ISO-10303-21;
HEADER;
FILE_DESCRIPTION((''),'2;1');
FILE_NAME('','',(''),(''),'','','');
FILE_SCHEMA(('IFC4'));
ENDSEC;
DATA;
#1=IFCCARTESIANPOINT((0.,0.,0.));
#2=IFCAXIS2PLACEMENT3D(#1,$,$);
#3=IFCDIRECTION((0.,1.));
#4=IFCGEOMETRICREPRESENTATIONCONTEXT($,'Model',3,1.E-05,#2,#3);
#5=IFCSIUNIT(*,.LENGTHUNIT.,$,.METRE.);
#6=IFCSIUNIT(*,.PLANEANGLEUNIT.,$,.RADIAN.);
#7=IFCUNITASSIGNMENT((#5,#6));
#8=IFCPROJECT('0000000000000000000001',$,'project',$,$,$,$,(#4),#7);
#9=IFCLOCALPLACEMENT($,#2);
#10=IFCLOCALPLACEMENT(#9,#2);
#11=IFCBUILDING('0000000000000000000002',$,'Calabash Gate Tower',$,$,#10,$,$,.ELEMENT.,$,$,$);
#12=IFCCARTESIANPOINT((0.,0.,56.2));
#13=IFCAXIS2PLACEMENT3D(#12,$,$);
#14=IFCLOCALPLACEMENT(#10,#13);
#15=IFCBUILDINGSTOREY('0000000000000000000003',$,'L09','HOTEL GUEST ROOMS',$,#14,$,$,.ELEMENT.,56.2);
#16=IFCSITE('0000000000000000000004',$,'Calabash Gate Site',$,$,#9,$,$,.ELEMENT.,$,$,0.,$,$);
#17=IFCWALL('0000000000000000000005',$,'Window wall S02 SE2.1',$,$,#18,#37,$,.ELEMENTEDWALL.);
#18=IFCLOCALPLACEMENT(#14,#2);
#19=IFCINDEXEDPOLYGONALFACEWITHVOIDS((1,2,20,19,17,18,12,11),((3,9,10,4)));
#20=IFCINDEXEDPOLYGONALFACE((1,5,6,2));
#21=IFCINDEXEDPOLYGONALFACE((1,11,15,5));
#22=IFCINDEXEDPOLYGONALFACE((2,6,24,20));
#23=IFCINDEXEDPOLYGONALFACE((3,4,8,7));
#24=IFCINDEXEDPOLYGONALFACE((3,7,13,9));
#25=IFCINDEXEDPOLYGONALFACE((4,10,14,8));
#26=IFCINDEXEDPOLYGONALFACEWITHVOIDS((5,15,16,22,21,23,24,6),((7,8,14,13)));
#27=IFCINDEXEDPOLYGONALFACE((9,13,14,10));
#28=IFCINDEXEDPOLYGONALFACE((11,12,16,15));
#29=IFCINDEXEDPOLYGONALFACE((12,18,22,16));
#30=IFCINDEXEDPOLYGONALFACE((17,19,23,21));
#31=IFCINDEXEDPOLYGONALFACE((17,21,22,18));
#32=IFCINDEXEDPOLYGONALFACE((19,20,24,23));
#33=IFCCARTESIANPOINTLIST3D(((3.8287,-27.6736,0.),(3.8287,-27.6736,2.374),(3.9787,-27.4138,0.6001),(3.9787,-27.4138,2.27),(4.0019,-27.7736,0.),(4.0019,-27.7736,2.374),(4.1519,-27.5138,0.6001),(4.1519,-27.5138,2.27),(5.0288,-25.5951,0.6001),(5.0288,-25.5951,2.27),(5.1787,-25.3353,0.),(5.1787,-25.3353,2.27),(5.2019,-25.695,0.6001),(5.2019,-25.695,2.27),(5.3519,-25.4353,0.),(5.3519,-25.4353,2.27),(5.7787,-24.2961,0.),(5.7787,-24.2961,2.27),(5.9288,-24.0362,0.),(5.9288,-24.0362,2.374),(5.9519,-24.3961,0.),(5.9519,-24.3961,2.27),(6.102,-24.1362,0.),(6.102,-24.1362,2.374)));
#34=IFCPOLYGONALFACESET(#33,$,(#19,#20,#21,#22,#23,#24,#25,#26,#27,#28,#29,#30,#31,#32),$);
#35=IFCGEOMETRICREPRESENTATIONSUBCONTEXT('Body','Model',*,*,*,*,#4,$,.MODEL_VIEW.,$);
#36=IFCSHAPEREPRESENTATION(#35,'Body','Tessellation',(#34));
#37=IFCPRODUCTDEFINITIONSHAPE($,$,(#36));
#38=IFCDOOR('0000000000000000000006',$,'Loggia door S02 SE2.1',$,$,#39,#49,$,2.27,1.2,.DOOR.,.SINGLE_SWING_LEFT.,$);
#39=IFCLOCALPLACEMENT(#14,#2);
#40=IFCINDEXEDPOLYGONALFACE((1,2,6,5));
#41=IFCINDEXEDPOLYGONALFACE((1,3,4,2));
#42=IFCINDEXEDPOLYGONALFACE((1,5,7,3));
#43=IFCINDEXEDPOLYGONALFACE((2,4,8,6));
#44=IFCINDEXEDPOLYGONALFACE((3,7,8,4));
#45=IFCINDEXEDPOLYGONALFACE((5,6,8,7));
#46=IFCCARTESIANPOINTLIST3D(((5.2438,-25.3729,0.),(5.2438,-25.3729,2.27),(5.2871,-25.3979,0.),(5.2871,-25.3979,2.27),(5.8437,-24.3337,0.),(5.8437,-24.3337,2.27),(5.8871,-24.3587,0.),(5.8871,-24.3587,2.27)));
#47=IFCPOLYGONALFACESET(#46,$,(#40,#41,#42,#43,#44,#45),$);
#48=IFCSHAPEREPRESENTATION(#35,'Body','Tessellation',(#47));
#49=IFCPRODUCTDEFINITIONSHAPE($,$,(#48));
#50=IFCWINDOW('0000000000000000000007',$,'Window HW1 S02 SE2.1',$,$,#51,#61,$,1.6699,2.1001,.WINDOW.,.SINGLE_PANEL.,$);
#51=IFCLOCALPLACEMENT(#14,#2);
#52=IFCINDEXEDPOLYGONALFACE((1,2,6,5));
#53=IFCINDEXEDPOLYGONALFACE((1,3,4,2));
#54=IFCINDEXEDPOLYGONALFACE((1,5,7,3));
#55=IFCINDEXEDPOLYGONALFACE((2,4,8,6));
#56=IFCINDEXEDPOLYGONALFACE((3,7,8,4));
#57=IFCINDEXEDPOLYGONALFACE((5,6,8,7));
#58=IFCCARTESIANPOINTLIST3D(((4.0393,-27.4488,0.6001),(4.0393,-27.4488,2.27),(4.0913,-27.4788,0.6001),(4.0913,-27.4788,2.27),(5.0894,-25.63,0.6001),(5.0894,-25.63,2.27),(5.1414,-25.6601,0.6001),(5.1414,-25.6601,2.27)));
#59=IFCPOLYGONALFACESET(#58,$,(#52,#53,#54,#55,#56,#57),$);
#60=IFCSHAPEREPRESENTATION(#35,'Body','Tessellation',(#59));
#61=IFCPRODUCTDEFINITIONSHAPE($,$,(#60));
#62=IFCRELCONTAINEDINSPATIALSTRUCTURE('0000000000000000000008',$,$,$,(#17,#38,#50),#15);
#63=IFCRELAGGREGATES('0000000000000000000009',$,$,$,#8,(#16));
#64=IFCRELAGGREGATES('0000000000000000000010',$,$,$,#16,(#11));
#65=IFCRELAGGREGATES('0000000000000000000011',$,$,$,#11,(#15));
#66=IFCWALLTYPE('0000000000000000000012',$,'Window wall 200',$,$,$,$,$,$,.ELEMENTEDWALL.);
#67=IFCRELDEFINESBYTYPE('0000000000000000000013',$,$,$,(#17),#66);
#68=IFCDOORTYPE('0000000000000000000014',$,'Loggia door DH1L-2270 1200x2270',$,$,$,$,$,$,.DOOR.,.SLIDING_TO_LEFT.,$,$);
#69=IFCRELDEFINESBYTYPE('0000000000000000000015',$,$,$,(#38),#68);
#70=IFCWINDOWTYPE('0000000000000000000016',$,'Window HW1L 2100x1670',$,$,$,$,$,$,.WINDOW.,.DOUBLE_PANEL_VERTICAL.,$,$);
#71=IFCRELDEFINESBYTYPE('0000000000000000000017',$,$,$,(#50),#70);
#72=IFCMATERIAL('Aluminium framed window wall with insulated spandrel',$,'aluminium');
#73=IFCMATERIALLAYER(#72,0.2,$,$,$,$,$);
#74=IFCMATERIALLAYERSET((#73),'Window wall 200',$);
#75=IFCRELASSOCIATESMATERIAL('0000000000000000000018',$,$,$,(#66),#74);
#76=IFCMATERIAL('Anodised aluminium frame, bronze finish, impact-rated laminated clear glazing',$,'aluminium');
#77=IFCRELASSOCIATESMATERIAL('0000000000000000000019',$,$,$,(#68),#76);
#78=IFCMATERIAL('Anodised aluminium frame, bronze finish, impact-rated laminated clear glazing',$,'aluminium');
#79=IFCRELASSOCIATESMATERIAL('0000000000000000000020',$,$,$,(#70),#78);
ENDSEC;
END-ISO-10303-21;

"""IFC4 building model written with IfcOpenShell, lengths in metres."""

from ifc_helpers import new_model, si_unit, direction, frame, frame_2d, origin, place, context, subcontext, project, spatial, rectangle, extrude, material, layer, layer_set, type_object, element, fill, save


model = new_model("IFC4")

# Units and contexts
model_context = context("Model", 3, precision=1e-05, world=origin(), true_north=direction((0.0, 1.0)))
body_context = subcontext(model_context, "Body", "Model", "MODEL_VIEW")
ifc_project = project(units=[si_unit("LENGTHUNIT", "METRE"), si_unit("PLANEANGLEUNIT", "RADIAN")], contexts=[model_context])

# Site, building, storey
site_placement = place(None, origin())
site = spatial("IfcSite", under=ifc_project, at=site_placement, Name="Calabash Gate Site", CompositionType="ELEMENT", RefElevation=0.0)
building_placement = place(site_placement, origin())
building = spatial("IfcBuilding", under=site, at=building_placement, Name="Calabash Gate Tower", CompositionType="ELEMENT")
storey_placement = place(building_placement, frame((0.0, 0.0, 56.2)))
storey = spatial("IfcBuildingStorey", under=building, at=storey_placement, Name="L09", Description="HOTEL GUEST ROOMS", CompositionType="ELEMENT", Elevation=56.2)

# Wall, openings, door, window
ifc_material_1 = material(Name="Aluminium framed window wall with insulated spandrel", Category="aluminium")
ifc_layer_1 = layer(ifc_material_1, 0.2)
ifc_layer_set_1 = layer_set([ifc_layer_1], Name="Window wall 200")
wall_type_1 = type_object("IfcWallType", Name="Window wall 200", PredefinedType="ELEMENTEDWALL", material=ifc_layer_set_1)
wall_1_placement = place(storey_placement, frame((3.9153, -27.7236, 0.0), z_axis=(0.0, 0.0, 1.0), x_axis=(0.500003, 0.866024, 0.0)))
wall_1 = element("IfcWall", 1, at=wall_1_placement, inside=storey, type_object=wall_type_1, Name="Window wall S02 SE2.1", PredefinedType="ELEMENTEDWALL", context=body_context, shape_type="SweptSolid", body=[
    extrude(rectangle(XDim=4.2002, YDim=0.2, at=frame_2d((2.1001, 0.0))), origin(), (0.0, 0.0, 1.0), 2.374),
])
opening_1_placement = place(wall_1_placement, frame((0.3, 0.0, 0.6001)))
opening_1 = element("IfcOpeningElement", 2, at=opening_1_placement, cuts=wall_1, PredefinedType="OPENING", context=body_context, shape_type="SweptSolid", body=[
    extrude(rectangle(XDim=2.1001, YDim=1.6699, at=frame_2d((1.05, 0.835))), frame((0.0, 0.1099, 0.0), z_axis=(0.0, -1.0, 0.0), x_axis=(1.0, 0.0, 0.0)), (0.0, 0.0, 1.0), 0.22),
])
opening_2_placement = place(wall_1_placement, frame((2.7, 0.0, 0.0)))
opening_2 = element("IfcOpeningElement", 3, at=opening_2_placement, cuts=wall_1, PredefinedType="OPENING", context=body_context, shape_type="SweptSolid", body=[
    extrude(rectangle(XDim=1.2, YDim=2.27, at=frame_2d((0.6001, 1.135))), frame((0.0, 0.1099, 0.0), z_axis=(0.0, -1.0, 0.0), x_axis=(1.0, 0.0, 0.0)), (0.0, 0.0, 1.0), 0.22),
])
ifc_material_2 = material(Name="Anodised aluminium frame, bronze finish, impact-rated laminated clear glazing", Category="aluminium")
door_type_1 = type_object("IfcDoorType", Name="Loggia door DH1L-2270 1200x2270", OperationType="SLIDING_TO_LEFT", PredefinedType="DOOR", material=ifc_material_2)
door_1_placement = place(opening_2_placement, origin())
door_1 = element("IfcDoor", 4, at=door_1_placement, inside=storey, type_object=door_type_1, Name="Loggia door S02 SE2.1", OperationType="SINGLE_SWING_LEFT", OverallHeight=2.27, OverallWidth=1.2, PredefinedType="DOOR", context=body_context, shape_type="SweptSolid", body=[
    extrude(rectangle(XDim=1.2, YDim=2.27, at=frame_2d((0.6001, 1.135))), frame((0.0, 0.0249, 0.0), z_axis=(0.0, -1.0, 0.0), x_axis=(1.0, 0.0, 0.0)), (0.0, 0.0, 1.0), 0.05),
])
fill(opening_2, door_1)
ifc_material_3 = material(Name="Anodised aluminium frame, bronze finish, impact-rated laminated clear glazing", Category="aluminium")
window_type_1 = type_object("IfcWindowType", Name="Window HW1L 2100x1670", PartitioningType="DOUBLE_PANEL_VERTICAL", PredefinedType="WINDOW", material=ifc_material_3)
window_1_placement = place(opening_1_placement, origin())
window_1 = element("IfcWindow", 5, at=window_1_placement, inside=storey, type_object=window_type_1, Name="Window HW1 S02 SE2.1", OverallHeight=1.6699, OverallWidth=2.1001, PartitioningType="SINGLE_PANEL", PredefinedType="WINDOW", context=body_context, shape_type="SweptSolid", body=[
    extrude(rectangle(XDim=2.1001, YDim=1.6699, at=frame_2d((1.05, 0.835))), frame((0.0, 0.03, 0.0), z_axis=(0.0, -1.0, 0.0), x_axis=(1.0, 0.0, 0.0)), (0.0, 0.0, 1.0), 0.0601),
])
fill(opening_1, window_1)

save(model, "model.ifc")
